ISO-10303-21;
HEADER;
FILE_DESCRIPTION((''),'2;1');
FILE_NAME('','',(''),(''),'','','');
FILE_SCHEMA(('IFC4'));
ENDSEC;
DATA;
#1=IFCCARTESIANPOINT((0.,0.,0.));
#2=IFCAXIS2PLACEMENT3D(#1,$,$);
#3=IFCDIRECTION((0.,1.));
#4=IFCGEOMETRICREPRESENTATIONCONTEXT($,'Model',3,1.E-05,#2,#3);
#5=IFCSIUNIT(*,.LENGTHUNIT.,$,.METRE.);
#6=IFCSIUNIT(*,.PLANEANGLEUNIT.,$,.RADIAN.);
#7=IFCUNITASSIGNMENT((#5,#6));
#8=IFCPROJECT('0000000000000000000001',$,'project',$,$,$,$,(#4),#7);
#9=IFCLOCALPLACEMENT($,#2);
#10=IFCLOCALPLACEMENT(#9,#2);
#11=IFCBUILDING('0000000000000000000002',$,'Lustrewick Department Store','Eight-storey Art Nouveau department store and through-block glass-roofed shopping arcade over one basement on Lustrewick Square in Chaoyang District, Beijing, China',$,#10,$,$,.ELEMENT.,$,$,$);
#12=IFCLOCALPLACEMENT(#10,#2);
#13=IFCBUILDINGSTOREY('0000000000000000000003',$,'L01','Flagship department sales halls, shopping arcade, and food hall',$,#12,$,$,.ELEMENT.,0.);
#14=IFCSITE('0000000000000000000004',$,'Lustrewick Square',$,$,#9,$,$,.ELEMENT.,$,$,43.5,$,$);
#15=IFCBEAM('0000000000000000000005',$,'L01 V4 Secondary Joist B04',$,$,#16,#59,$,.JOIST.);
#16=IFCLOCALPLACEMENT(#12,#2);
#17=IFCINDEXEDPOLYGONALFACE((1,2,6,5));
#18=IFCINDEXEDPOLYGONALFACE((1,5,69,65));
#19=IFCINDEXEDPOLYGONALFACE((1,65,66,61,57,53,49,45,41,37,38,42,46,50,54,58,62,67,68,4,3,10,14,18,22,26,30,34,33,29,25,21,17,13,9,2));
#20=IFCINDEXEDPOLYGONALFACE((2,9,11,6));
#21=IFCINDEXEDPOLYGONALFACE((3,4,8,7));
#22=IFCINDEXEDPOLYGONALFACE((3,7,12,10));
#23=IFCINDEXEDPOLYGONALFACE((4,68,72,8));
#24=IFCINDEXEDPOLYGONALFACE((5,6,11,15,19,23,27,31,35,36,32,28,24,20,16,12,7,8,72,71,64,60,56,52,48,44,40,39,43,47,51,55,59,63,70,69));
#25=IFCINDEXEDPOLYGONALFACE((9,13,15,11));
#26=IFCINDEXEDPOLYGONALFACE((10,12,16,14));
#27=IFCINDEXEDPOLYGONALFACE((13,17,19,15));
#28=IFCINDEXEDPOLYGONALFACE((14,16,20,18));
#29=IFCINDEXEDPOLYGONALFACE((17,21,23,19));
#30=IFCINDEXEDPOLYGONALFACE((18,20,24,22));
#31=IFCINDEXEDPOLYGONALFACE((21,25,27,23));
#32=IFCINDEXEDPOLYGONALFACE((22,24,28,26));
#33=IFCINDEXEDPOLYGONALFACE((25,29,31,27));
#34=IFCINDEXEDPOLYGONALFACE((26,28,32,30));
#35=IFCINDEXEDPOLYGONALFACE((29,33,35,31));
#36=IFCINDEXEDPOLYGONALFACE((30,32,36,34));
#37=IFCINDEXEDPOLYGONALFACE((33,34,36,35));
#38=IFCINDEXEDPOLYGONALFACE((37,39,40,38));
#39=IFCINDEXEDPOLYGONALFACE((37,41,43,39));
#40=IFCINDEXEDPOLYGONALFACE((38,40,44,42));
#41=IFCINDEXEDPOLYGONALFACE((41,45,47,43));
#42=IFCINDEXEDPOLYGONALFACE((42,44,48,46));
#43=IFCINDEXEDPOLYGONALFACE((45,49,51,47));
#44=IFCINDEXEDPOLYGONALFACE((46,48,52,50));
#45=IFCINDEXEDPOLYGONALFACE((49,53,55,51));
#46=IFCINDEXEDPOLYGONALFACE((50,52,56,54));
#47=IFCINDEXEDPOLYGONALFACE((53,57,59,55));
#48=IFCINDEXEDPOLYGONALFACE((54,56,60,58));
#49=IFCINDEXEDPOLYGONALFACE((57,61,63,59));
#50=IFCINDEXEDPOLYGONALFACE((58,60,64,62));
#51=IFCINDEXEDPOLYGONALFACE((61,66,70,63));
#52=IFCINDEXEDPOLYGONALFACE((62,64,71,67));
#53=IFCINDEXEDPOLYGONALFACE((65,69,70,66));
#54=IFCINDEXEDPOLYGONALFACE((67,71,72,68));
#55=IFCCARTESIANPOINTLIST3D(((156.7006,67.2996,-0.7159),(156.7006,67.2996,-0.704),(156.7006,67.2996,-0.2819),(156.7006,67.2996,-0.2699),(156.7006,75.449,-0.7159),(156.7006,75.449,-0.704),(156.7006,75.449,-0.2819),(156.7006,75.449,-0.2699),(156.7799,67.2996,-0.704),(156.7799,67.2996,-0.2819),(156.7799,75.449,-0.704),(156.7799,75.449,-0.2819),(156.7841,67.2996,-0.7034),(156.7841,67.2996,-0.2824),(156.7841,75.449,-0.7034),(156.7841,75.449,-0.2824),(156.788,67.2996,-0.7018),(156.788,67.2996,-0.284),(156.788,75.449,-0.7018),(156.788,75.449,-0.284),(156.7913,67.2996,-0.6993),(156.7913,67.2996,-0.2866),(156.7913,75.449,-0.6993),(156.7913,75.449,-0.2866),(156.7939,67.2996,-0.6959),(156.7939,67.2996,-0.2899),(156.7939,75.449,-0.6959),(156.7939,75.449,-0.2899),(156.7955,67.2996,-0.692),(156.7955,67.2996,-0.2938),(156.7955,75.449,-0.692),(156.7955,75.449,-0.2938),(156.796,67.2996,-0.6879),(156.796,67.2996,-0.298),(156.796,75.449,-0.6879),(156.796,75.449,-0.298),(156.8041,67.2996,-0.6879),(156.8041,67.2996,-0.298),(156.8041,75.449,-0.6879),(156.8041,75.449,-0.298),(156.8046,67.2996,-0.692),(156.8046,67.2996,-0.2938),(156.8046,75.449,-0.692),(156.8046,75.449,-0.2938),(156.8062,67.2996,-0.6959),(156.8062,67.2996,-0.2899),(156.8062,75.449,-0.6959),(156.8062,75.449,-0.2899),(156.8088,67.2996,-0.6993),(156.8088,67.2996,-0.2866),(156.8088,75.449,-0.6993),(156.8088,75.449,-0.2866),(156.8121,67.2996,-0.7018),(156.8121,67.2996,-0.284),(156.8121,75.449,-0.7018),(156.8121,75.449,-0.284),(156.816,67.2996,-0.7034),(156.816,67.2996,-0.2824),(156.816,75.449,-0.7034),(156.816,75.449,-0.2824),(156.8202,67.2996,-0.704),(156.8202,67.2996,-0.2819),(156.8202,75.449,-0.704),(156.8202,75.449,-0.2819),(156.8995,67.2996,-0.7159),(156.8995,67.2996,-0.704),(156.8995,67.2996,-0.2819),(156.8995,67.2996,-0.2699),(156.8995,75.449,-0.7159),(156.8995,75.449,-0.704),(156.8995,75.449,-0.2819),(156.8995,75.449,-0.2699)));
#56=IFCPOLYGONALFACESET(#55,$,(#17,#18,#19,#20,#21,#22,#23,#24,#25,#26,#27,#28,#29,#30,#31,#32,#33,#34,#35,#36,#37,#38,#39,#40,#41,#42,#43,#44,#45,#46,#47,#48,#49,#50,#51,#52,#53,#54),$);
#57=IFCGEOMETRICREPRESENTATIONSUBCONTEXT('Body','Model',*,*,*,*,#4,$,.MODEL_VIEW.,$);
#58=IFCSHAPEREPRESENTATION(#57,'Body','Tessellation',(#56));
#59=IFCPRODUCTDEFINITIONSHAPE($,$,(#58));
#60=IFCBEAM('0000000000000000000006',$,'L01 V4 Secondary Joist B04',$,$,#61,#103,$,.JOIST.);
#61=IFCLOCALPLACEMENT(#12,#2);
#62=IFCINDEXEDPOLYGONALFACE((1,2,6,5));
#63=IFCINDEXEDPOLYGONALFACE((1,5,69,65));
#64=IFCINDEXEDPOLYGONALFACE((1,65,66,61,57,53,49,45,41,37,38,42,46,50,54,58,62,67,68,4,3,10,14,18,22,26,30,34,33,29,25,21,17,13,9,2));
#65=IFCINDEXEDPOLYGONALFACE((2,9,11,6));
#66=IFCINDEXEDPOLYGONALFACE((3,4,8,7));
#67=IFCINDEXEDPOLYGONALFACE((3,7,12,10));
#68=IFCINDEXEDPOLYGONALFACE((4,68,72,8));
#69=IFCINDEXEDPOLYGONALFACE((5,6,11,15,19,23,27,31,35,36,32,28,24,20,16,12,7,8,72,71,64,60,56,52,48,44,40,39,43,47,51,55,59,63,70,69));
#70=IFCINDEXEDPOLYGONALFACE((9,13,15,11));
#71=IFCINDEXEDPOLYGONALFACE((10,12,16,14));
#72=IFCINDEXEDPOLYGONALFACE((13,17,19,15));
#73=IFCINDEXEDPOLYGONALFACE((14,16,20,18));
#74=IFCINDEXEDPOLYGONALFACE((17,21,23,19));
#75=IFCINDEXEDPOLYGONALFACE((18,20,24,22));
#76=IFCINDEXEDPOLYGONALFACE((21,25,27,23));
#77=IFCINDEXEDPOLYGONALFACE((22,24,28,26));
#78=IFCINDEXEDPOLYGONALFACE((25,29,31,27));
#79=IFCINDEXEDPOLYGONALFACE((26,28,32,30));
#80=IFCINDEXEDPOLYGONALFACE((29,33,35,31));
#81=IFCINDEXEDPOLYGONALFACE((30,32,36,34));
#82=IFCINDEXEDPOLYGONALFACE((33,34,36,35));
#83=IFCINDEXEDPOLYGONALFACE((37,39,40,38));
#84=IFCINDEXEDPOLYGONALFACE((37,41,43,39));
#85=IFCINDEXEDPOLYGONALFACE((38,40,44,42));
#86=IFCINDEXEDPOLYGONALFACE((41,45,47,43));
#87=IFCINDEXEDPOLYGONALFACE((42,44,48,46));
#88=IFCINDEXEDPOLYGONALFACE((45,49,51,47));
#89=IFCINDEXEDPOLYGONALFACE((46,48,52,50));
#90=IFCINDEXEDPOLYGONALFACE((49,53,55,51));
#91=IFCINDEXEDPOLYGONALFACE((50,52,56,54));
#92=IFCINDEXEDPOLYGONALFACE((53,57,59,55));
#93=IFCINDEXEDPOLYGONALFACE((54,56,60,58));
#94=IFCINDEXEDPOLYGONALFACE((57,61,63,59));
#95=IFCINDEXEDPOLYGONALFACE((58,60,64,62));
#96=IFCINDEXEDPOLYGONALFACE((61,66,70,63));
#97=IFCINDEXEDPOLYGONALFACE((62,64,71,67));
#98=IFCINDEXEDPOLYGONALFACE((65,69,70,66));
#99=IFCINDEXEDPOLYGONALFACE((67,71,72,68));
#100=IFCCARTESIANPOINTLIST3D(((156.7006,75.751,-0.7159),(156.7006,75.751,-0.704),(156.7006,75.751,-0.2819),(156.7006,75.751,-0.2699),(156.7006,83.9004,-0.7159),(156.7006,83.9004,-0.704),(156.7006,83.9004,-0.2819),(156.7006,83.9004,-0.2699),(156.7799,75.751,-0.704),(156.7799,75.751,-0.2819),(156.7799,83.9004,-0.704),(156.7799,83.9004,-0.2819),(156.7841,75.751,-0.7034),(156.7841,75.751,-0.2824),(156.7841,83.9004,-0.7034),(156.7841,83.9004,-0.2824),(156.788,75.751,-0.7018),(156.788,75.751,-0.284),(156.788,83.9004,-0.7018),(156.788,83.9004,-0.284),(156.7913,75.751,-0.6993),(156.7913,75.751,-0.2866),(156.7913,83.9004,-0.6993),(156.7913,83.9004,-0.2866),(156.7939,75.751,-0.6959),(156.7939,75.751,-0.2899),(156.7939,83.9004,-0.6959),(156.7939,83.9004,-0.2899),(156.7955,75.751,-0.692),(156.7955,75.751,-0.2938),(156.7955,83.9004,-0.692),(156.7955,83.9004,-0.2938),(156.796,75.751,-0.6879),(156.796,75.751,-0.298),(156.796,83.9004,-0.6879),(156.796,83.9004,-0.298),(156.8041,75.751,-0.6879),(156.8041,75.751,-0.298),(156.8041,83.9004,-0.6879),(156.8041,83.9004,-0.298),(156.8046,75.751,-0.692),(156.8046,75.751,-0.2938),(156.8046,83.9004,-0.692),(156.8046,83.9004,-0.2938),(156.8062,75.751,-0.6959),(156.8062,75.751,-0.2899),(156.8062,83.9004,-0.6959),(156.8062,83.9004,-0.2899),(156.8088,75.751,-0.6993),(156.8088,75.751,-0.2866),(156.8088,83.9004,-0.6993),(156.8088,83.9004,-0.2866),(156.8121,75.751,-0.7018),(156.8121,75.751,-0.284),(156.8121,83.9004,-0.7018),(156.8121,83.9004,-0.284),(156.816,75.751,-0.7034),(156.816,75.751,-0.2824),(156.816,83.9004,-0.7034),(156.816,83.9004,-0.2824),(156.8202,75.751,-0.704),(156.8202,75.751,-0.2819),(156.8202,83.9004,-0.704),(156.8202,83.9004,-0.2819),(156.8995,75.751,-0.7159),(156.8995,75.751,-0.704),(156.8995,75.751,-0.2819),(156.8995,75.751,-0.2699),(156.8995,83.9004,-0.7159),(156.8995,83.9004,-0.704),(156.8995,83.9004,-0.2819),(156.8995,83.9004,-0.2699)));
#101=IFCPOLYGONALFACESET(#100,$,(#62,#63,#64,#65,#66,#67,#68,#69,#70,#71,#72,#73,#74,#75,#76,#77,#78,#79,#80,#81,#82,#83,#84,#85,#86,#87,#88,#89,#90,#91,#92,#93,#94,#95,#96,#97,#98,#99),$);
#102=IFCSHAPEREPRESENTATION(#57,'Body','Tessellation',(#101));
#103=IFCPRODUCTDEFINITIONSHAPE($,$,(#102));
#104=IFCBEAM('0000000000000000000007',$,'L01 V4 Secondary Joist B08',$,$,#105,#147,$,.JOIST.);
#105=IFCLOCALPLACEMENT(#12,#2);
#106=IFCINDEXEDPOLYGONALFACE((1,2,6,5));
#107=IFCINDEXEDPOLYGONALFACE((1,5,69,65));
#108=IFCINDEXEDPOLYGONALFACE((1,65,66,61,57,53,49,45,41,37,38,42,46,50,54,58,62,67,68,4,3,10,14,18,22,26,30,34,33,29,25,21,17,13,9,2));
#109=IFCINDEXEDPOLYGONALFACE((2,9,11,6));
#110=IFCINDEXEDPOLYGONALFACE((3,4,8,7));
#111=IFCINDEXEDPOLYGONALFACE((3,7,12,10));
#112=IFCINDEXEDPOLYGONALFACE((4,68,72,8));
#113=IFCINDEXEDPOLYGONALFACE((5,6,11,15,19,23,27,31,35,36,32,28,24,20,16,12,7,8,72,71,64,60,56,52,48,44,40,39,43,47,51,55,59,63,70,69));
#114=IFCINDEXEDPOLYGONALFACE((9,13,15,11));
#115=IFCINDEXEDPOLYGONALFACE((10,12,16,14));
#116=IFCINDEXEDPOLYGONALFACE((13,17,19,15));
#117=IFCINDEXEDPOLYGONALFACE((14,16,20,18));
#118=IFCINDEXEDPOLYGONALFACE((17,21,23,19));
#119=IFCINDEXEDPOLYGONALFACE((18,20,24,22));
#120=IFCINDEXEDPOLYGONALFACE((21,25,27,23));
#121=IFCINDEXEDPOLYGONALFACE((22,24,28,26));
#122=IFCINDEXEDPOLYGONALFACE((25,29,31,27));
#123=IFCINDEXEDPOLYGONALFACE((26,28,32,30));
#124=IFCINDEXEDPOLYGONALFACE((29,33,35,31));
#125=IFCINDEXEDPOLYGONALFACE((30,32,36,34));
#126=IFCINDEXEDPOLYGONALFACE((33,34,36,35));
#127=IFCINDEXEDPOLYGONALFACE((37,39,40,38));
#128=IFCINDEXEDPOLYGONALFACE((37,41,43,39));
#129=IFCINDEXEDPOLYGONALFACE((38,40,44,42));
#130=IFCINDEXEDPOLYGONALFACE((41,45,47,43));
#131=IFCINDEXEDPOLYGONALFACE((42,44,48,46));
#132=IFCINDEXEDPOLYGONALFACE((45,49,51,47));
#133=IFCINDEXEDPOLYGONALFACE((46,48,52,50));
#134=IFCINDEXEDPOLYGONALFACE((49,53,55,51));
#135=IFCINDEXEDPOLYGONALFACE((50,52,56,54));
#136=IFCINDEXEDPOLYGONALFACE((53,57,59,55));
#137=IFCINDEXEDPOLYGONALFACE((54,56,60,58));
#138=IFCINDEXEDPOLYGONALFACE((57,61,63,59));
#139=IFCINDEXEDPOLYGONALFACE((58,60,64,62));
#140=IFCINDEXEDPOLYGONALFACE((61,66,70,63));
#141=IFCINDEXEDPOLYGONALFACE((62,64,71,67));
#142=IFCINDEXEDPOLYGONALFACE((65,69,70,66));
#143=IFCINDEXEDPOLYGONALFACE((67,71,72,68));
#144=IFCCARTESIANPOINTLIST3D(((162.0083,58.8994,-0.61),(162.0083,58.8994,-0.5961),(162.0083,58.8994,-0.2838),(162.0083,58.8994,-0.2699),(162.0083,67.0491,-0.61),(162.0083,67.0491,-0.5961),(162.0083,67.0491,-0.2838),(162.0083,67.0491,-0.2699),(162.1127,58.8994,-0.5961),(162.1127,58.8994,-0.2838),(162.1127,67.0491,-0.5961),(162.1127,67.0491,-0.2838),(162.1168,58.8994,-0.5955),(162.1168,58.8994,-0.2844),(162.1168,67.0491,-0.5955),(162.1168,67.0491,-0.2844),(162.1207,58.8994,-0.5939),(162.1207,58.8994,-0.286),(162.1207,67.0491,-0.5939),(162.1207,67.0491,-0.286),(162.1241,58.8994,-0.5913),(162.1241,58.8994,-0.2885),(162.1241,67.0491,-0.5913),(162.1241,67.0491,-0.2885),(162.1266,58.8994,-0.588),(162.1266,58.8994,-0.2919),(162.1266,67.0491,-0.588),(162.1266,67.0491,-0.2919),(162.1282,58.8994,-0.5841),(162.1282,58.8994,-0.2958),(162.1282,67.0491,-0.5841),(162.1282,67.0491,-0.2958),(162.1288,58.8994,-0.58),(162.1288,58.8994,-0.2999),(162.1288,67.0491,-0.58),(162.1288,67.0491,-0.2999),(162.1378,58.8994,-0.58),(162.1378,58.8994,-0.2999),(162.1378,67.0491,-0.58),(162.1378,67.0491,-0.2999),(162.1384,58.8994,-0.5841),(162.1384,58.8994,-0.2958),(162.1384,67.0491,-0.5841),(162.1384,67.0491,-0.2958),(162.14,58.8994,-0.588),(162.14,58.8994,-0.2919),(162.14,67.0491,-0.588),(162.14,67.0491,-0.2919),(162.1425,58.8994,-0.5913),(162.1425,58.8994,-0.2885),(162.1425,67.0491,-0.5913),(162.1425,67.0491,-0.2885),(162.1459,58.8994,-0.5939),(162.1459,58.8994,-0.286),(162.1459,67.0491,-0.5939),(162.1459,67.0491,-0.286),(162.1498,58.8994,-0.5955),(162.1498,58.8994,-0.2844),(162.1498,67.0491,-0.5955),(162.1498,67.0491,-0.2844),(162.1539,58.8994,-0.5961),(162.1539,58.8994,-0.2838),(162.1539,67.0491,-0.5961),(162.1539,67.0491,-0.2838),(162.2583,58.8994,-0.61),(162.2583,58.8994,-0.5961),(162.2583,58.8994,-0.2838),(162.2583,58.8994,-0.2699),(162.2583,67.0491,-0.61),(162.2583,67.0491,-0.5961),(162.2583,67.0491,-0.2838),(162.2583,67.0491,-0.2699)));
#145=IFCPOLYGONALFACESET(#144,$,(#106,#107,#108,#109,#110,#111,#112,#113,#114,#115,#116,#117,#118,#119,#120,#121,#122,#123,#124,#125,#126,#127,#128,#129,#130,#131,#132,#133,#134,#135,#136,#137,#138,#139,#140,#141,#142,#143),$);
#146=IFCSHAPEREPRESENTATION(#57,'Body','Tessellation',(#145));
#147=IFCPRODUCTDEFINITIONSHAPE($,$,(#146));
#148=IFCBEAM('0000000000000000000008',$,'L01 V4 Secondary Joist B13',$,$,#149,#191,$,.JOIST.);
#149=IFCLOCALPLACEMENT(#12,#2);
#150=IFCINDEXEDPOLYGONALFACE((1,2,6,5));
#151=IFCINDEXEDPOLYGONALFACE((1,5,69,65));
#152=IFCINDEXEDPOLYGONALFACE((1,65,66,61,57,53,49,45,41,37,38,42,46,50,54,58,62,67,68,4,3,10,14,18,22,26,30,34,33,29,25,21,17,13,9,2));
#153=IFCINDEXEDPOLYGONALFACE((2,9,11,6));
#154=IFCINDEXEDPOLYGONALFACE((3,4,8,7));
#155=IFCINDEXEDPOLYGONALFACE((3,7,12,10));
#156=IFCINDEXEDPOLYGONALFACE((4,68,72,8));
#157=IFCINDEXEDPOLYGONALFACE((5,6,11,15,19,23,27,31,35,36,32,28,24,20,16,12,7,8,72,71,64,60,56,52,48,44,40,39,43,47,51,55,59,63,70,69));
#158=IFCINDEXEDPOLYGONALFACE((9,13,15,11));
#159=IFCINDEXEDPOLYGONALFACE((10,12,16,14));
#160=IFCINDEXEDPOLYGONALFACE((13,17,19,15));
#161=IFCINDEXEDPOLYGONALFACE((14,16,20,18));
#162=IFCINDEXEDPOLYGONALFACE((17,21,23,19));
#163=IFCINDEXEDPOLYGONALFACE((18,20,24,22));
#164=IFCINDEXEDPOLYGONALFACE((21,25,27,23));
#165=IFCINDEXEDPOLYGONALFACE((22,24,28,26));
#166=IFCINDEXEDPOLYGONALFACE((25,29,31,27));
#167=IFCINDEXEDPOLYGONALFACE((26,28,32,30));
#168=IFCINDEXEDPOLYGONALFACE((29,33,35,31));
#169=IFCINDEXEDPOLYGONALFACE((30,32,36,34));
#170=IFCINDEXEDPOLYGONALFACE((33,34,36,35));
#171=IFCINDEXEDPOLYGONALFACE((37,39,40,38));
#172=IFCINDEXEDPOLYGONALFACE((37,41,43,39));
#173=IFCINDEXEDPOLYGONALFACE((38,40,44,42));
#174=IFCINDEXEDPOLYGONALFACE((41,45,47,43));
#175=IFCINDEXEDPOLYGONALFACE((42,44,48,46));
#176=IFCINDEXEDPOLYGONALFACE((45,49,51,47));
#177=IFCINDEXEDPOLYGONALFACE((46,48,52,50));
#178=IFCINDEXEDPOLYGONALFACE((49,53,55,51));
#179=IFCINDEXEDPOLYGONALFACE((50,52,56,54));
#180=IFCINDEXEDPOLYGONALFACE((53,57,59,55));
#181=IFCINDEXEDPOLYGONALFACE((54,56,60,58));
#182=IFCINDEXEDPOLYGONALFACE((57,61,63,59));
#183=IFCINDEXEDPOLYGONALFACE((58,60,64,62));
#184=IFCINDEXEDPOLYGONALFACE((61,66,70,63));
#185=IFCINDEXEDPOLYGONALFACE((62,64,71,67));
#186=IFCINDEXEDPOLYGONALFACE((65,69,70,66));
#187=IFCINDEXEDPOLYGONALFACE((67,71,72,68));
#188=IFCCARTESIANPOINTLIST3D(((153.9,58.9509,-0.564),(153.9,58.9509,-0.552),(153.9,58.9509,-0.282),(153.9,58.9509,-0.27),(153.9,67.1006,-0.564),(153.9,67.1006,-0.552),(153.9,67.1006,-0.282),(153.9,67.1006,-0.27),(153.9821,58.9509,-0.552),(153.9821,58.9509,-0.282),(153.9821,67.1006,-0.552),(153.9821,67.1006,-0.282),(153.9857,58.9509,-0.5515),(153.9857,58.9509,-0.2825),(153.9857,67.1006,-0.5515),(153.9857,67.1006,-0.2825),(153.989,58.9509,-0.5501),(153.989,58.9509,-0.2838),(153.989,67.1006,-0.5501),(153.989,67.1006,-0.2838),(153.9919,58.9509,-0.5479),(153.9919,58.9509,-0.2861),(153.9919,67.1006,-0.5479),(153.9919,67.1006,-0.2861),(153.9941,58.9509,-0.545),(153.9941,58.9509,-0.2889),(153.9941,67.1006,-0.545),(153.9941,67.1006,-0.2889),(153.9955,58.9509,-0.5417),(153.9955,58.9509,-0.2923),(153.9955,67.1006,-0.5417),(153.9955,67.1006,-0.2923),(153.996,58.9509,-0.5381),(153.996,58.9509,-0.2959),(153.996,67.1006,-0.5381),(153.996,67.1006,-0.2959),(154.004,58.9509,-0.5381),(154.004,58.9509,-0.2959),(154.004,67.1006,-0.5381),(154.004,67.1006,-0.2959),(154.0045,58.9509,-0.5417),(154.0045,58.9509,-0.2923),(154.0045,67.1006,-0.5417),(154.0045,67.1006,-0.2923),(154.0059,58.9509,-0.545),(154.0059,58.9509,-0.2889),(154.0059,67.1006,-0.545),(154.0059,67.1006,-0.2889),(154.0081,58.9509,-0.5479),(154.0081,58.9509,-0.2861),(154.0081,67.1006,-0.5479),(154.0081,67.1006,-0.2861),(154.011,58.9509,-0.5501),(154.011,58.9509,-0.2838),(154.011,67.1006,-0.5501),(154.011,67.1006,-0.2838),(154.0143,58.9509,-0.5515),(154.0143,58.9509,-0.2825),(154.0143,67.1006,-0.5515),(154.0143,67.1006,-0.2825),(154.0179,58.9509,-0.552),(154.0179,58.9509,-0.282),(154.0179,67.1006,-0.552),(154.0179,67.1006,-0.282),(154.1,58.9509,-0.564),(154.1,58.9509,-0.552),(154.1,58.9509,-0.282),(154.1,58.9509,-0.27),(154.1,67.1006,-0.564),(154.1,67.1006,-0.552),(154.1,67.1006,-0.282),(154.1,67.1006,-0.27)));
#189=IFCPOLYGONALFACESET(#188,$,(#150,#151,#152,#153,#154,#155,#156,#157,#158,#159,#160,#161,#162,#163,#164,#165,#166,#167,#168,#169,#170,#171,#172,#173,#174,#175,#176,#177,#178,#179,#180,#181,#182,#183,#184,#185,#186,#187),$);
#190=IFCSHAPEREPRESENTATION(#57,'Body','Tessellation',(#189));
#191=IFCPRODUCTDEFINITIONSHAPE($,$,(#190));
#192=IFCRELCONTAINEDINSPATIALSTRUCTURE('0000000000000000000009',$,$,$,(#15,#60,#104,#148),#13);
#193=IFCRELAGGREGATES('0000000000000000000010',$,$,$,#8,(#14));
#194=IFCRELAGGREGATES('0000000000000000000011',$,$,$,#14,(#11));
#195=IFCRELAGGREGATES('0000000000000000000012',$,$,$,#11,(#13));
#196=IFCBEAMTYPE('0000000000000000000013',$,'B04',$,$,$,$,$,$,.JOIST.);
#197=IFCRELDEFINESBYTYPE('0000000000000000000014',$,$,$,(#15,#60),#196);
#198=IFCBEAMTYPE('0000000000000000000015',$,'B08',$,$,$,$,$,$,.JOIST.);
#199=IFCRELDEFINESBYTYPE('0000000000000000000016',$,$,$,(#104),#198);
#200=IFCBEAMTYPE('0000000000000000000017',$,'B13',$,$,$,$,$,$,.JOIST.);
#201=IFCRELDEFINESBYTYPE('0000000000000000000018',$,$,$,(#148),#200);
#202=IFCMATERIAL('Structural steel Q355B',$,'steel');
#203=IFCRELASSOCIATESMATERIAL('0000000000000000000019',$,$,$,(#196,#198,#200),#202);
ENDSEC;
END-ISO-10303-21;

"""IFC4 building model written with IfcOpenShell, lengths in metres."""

from ifc_helpers import new_model, si_unit, direction, frame, origin, origin_2d, place, context, subcontext, project, spatial, i_section, extrude, material, material_profile, profile_set, type_object, element, save


model = new_model("IFC4")

# Units and contexts
model_context = context("Model", 3, precision=1e-05, world=origin(), true_north=direction((0.0, 1.0)))
body_context = subcontext(model_context, "Body", "Model", "MODEL_VIEW")
ifc_project = project(units=[si_unit("LENGTHUNIT", "METRE"), si_unit("PLANEANGLEUNIT", "RADIAN")], contexts=[model_context])

# Site, building, storey
site_placement = place(None, origin())
site = spatial("IfcSite", under=ifc_project, at=site_placement, Name="Lustrewick Square", CompositionType="ELEMENT", RefElevation=43.5)
building_placement = place(site_placement, origin())
building = spatial("IfcBuilding", under=site, at=building_placement, Name="Lustrewick Department Store", Description="Eight-storey Art Nouveau department store and through-block glass-roofed shopping arcade over one basement on Lustrewick Square in Chaoyang District, Beijing, China", CompositionType="ELEMENT")
storey_placement = place(building_placement, origin())
storey = spatial("IfcBuildingStorey", under=building, at=storey_placement, Name="L01", Description="Flagship department sales halls, shopping arcade, and food hall", CompositionType="ELEMENT", Elevation=0.0)

# Shared definitions
ifc_material_1 = material(Name="Structural steel Q355B", Category="steel")

# Beams
ifc_material_profile_1 = material_profile(ifc_material_1, i_section(OverallWidth=0.199, OverallDepth=0.446, WebThickness=0.0081, FlangeThickness=0.012, FilletRadius=0.0161, at=origin_2d()), Name="HN 446x199x8x12")
ifc_profile_set_1 = profile_set([ifc_material_profile_1], Name="Structural steel Q355B")
beam_type_1 = type_object("IfcBeamType", Name="B04", PredefinedType="JOIST", material=ifc_profile_set_1)
for number, where, z_axis, x_axis, name in (
    (1, (156.8, 67.2996, -0.4929), (0.0, 1.0, 0.0), (-1.0, 0.0, 0.0), "L01 V4 Secondary Joist B04"),
    (2, (156.8, 75.751, -0.4929), (0.0, 1.0, 0.0), (-1.0, 0.0, 0.0), "L01 V4 Secondary Joist B04"),
):
    element("IfcBeam", number, at=place(storey_placement, frame(where, z_axis=z_axis, x_axis=x_axis)), inside=storey, type_object=beam_type_1, Name=name, PredefinedType="JOIST", context=body_context, shape_type="SweptSolid", body=[
        extrude(i_section(OverallWidth=0.199, OverallDepth=0.446, WebThickness=0.0081, FlangeThickness=0.012, FilletRadius=0.0161, at=origin_2d()), origin(), (0.0, 0.0, 1.0), 8.1494),
    ])
ifc_material_profile_2 = material_profile(ifc_material_1, i_section(OverallWidth=0.25, OverallDepth=0.3401, WebThickness=0.009, FlangeThickness=0.0139, FilletRadius=0.0161, at=origin_2d()), Name="HM 340x250x9x14")
ifc_profile_set_2 = profile_set([ifc_material_profile_2], Name="Structural steel Q355B")
beam_type_2 = type_object("IfcBeamType", Name="B08", PredefinedType="JOIST", material=ifc_profile_set_2)
beam_1_placement = place(storey_placement, frame((162.1333, 58.8994, -0.4399), z_axis=(0.0, 1.0, 0.0), x_axis=(-1.0, 0.0, 0.0)))
element("IfcBeam", 3, at=beam_1_placement, inside=storey, type_object=beam_type_2, Name="L01 V4 Secondary Joist B08", PredefinedType="JOIST", context=body_context, shape_type="SweptSolid", body=[
    extrude(i_section(OverallWidth=0.25, OverallDepth=0.3401, WebThickness=0.009, FlangeThickness=0.0139, FilletRadius=0.0161, at=origin_2d()), origin(), (0.0, 0.0, 1.0), 8.1497),
])
ifc_material_profile_3 = material_profile(ifc_material_1, i_section(OverallWidth=0.2, OverallDepth=0.2939, WebThickness=0.0081, FlangeThickness=0.012, FilletRadius=0.0139, at=origin_2d()), Name="HM 294x200x8x12")
ifc_profile_set_3 = profile_set([ifc_material_profile_3], Name="Structural steel Q355B")
beam_type_3 = type_object("IfcBeamType", Name="B13", PredefinedType="JOIST", material=ifc_profile_set_3)
beam_2_placement = place(storey_placement, frame((154.0, 58.9509, -0.417), z_axis=(0.0, 1.0, 0.0), x_axis=(-1.0, 0.0, 0.0)))
element("IfcBeam", 4, at=beam_2_placement, inside=storey, type_object=beam_type_3, Name="L01 V4 Secondary Joist B13", PredefinedType="JOIST", context=body_context, shape_type="SweptSolid", body=[
    extrude(i_section(OverallWidth=0.2, OverallDepth=0.2939, WebThickness=0.0081, FlangeThickness=0.012, FilletRadius=0.0139, at=origin_2d()), origin(), (0.0, 0.0, 1.0), 8.1497),
])

save(model, "model.ifc")
